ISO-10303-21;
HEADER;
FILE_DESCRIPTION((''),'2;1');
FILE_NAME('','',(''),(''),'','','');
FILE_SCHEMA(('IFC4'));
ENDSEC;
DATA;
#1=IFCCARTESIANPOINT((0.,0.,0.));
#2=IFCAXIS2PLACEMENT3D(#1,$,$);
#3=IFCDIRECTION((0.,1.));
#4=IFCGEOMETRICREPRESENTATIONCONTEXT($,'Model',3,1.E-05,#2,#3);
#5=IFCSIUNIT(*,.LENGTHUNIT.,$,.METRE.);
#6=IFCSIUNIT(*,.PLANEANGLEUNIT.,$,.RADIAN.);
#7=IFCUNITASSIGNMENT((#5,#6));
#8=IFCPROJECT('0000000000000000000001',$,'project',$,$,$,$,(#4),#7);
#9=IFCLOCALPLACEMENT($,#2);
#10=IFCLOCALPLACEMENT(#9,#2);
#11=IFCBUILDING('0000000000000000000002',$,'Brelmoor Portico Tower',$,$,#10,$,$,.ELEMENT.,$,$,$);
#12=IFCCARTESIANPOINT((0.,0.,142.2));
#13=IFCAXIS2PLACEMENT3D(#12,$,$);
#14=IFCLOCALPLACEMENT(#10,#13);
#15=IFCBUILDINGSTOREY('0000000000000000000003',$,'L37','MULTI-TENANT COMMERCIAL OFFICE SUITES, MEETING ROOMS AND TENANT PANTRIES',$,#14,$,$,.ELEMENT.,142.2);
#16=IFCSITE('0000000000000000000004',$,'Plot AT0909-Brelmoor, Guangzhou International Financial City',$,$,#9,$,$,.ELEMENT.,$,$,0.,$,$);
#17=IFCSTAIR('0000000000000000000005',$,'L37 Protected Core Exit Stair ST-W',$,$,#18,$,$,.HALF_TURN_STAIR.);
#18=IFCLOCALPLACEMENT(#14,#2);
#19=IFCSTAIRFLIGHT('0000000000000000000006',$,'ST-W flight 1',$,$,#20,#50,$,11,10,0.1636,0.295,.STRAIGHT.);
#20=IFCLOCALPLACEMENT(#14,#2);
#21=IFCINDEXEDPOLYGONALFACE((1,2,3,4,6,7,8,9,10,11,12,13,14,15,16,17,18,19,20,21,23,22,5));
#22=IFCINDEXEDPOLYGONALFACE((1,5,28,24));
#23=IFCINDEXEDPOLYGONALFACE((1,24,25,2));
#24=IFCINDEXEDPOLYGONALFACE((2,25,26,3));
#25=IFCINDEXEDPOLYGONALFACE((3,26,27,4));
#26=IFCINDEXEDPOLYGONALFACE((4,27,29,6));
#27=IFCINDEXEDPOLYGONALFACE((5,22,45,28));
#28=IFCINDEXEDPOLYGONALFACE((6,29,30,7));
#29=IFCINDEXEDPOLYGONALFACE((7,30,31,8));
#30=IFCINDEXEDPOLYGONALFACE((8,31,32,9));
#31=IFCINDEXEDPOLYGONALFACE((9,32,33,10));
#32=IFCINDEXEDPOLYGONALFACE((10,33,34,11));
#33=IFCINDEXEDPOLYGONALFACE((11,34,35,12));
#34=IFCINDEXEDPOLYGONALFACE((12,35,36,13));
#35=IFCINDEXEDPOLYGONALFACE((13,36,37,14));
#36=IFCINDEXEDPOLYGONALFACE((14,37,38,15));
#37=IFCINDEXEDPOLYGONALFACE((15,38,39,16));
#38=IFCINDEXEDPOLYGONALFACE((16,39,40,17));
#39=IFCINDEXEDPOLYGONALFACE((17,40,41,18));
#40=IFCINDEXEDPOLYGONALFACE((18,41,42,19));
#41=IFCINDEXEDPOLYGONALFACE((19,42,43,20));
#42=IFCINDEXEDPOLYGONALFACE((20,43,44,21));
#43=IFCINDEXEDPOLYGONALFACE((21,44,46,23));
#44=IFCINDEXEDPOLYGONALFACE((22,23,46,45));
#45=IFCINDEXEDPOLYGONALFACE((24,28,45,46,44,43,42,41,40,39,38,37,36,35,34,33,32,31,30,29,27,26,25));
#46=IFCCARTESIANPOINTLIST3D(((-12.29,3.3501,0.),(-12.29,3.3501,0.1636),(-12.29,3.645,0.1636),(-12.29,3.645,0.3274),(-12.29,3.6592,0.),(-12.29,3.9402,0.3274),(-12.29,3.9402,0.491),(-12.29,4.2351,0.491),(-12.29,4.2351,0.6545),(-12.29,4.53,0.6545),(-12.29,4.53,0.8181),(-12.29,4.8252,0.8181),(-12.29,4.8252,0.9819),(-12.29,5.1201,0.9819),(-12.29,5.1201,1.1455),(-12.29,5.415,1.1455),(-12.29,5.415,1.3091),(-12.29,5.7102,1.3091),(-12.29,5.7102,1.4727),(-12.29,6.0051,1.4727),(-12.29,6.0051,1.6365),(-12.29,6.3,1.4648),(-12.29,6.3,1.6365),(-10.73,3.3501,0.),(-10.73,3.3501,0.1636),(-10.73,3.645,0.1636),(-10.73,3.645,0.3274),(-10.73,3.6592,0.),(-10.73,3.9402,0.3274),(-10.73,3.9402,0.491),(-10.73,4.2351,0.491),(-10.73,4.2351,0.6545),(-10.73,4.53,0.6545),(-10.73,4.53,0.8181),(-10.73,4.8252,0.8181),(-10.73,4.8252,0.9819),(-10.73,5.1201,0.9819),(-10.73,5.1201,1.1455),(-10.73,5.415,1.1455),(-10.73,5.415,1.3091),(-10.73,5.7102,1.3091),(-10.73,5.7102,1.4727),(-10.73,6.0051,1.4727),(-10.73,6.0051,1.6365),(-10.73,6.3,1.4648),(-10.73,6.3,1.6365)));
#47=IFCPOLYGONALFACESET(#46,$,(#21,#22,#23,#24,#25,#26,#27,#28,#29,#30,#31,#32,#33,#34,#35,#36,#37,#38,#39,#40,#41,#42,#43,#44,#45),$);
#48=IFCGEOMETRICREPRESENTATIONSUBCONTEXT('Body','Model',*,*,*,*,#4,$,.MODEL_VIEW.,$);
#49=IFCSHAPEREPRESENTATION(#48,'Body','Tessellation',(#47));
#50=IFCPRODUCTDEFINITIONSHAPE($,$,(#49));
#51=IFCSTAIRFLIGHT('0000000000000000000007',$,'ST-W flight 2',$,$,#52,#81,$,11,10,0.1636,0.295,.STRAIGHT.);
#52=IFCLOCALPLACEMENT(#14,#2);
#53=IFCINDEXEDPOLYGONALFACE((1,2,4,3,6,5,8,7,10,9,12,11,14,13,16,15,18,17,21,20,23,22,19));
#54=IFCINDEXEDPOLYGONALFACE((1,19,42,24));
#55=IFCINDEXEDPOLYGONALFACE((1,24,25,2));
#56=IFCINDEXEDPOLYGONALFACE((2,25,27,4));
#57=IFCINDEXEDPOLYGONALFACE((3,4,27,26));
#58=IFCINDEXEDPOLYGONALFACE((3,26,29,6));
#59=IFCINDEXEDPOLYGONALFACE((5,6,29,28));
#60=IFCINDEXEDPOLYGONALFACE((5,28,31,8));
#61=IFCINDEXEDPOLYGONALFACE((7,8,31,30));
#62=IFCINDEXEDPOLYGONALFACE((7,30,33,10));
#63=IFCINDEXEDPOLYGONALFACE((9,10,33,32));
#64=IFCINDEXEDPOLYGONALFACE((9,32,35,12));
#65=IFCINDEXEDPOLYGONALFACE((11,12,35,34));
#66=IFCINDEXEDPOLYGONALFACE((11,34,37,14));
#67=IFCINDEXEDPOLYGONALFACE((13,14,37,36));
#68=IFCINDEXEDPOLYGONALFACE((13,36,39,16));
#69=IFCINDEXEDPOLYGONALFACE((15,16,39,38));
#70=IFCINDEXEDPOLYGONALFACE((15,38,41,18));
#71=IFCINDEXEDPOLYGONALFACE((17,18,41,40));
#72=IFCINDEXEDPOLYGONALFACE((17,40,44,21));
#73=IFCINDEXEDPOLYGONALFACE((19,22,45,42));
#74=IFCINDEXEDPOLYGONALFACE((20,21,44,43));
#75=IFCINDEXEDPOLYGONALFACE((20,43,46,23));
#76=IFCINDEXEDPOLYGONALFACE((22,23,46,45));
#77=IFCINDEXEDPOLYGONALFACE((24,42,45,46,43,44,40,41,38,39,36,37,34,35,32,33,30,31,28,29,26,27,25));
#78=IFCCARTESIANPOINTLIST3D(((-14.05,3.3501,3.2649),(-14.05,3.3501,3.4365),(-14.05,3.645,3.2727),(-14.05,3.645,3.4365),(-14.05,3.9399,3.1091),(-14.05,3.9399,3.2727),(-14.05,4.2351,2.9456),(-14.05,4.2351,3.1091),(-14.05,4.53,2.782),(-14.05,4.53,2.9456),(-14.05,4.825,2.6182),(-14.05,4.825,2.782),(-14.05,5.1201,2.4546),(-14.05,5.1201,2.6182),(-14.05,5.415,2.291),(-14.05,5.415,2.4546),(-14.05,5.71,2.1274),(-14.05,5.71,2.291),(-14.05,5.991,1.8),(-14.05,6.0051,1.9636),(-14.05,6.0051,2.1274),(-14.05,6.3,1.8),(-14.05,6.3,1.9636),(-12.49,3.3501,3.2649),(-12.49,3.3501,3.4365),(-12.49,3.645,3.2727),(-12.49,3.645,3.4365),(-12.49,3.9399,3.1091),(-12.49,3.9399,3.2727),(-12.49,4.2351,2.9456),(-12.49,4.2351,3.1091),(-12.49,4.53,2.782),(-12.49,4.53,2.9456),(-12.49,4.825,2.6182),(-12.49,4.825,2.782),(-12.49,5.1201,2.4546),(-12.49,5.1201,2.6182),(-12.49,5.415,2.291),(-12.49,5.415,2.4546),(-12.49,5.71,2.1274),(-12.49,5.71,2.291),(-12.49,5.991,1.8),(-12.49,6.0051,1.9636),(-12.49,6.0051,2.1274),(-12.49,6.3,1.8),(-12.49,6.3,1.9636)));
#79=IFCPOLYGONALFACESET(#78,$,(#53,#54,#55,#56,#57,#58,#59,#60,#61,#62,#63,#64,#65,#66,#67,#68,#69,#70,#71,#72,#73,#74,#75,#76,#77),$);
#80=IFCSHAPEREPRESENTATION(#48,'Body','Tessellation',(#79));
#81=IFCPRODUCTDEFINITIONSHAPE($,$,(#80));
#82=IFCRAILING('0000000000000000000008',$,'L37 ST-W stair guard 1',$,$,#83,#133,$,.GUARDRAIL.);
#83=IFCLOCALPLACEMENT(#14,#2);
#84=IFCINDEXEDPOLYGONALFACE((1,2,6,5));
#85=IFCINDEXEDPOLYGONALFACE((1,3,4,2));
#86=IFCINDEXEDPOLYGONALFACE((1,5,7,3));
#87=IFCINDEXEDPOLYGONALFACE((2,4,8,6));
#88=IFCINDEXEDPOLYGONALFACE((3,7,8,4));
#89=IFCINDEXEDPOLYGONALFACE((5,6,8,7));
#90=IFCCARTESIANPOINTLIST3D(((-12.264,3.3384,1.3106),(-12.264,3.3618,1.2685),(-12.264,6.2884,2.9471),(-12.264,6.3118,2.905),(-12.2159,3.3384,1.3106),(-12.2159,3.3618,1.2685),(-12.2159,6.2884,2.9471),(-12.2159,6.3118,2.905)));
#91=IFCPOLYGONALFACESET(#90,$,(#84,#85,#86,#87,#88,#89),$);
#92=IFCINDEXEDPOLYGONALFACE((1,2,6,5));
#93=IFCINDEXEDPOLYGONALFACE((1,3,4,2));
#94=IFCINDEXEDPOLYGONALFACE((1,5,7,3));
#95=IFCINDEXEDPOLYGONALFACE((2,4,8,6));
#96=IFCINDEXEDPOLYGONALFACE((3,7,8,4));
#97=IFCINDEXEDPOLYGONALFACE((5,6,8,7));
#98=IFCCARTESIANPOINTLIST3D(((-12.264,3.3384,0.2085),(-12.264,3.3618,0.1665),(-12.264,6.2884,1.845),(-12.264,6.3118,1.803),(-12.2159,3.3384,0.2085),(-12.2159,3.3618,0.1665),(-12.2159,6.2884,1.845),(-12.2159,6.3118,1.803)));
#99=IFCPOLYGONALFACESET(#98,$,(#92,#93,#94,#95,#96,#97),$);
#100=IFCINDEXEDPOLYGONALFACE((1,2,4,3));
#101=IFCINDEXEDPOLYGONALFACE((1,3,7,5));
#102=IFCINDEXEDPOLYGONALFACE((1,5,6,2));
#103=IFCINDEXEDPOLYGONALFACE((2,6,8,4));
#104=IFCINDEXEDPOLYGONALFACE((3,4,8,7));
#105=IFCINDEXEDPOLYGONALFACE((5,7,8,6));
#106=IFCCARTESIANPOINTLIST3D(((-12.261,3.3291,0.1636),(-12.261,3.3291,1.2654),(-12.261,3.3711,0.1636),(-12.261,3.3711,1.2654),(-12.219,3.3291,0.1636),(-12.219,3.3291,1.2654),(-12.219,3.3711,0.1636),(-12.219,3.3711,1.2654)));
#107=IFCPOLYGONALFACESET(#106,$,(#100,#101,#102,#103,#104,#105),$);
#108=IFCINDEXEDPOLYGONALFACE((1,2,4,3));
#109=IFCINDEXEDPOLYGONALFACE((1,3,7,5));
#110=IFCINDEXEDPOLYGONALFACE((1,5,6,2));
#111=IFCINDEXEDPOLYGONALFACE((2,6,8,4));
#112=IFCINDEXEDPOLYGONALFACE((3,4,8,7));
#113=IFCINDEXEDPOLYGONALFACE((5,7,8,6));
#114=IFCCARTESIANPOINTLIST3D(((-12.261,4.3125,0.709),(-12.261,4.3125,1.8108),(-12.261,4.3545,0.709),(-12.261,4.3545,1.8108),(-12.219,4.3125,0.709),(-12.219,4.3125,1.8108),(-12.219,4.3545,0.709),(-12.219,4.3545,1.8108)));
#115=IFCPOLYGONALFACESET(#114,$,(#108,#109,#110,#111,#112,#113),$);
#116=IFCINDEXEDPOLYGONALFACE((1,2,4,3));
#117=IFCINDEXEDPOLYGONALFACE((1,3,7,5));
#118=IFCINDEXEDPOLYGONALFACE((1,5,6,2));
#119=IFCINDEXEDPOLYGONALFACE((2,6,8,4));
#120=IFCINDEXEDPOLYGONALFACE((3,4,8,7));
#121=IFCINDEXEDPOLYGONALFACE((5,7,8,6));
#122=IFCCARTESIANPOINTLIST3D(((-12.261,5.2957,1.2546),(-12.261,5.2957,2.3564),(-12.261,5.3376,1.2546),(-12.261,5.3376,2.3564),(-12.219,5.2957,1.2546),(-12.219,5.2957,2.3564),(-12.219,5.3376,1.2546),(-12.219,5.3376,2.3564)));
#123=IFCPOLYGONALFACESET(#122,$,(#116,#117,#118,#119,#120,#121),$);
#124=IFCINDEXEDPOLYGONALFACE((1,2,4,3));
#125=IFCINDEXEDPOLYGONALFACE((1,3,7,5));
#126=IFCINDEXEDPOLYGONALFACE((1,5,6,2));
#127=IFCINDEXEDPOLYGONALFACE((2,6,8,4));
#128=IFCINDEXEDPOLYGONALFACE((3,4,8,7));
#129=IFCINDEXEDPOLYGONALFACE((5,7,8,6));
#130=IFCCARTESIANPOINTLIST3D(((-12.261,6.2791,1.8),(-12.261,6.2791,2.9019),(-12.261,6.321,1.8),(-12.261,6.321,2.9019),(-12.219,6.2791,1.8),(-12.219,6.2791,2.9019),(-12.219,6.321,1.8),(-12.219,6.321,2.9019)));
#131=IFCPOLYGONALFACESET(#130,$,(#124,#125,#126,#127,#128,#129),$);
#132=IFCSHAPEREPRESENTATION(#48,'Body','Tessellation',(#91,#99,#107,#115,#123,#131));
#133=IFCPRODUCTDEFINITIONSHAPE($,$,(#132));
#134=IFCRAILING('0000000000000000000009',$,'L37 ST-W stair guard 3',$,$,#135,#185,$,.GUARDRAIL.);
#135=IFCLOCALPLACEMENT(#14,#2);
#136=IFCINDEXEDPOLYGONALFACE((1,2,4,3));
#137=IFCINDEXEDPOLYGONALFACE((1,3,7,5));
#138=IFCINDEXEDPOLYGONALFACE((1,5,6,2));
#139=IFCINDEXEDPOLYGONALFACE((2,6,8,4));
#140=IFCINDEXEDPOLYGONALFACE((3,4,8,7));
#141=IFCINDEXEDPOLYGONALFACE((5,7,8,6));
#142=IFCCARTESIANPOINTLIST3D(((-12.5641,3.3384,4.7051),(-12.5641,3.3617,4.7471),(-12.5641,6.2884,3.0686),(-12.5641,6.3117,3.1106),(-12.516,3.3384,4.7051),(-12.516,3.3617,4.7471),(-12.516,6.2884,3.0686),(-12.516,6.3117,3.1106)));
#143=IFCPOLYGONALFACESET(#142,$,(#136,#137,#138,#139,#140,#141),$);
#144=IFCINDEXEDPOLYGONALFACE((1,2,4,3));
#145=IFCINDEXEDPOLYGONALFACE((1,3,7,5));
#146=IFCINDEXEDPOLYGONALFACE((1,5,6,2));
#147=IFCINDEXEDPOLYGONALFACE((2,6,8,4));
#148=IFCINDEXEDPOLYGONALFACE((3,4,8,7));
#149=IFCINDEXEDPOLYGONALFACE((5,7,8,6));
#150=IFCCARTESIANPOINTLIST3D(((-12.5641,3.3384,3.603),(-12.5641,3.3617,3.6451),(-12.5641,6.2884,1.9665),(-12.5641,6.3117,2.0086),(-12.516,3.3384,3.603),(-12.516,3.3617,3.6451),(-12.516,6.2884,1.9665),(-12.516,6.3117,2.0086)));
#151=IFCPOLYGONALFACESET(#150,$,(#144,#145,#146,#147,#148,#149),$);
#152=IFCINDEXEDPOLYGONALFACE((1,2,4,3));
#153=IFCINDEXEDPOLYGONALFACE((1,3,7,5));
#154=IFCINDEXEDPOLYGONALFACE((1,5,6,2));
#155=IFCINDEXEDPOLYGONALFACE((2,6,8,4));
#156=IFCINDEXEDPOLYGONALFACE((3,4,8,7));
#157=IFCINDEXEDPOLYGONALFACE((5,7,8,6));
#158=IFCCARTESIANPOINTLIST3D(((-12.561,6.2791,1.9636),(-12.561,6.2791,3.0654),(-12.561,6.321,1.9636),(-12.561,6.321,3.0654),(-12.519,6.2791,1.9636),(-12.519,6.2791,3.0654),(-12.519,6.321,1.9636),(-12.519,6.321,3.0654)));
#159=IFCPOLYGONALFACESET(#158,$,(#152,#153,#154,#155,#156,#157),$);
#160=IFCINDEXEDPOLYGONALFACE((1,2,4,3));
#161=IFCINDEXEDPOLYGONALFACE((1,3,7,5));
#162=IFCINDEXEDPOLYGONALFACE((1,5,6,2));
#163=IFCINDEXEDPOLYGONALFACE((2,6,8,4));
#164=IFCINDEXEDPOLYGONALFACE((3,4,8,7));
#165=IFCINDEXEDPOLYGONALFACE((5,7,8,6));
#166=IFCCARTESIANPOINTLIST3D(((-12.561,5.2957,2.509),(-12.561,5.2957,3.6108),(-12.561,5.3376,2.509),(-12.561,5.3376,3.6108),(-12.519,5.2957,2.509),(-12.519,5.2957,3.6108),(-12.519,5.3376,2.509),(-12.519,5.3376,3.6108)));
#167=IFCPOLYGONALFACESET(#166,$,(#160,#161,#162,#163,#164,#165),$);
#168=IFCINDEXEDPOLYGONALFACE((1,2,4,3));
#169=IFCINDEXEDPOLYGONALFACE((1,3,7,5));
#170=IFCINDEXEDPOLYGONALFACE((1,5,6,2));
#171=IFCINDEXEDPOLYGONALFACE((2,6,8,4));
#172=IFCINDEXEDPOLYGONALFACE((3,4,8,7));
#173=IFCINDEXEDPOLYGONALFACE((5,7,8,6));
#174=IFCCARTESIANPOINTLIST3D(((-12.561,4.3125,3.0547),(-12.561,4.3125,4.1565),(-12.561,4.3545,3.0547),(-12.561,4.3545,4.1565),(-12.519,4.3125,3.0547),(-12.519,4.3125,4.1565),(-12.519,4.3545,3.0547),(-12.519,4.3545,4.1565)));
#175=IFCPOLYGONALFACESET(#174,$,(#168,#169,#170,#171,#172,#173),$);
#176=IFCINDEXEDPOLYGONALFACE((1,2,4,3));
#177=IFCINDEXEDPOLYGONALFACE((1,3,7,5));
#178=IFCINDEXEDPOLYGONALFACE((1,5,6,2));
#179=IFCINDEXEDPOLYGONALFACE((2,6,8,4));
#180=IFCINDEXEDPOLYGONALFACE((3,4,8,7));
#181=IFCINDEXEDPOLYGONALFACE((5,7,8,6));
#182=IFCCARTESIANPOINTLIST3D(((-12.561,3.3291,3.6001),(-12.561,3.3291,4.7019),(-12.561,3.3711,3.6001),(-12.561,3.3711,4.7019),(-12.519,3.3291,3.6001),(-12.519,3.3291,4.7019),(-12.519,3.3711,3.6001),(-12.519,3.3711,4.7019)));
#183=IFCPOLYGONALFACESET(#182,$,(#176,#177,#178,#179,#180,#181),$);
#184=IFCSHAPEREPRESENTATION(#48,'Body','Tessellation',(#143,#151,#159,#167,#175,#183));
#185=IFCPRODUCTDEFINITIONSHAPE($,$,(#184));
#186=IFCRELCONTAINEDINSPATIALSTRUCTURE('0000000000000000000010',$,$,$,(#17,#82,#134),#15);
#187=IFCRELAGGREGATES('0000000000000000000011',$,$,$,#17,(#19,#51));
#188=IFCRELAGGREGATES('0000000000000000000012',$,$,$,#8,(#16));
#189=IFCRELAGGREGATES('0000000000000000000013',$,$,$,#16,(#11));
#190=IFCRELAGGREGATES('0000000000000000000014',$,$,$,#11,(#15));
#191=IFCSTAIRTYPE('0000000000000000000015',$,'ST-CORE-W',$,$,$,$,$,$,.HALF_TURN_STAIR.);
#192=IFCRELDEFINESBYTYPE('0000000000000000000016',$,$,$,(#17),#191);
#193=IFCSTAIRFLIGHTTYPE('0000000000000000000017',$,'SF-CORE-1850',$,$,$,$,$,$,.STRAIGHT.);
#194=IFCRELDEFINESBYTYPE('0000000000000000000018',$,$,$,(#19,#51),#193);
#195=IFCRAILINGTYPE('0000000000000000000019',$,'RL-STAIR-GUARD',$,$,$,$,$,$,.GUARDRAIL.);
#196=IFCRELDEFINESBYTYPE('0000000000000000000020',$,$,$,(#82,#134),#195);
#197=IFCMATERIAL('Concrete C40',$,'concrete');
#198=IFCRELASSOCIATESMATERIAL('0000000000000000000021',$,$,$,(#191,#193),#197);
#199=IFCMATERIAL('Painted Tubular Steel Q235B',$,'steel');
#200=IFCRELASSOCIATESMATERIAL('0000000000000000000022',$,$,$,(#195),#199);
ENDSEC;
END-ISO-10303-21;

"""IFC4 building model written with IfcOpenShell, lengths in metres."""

from ifc_helpers import new_model, si_unit, direction, frame, origin, origin_2d, place, context, subcontext, project, spatial, polyline, rectangle, outline, extrude, material, type_object, element, aggregate, save


model = new_model("IFC4")

# Units and contexts
model_context = context("Model", 3, precision=1e-05, world=origin(), true_north=direction((0.0, 1.0)))
body_context = subcontext(model_context, "Body", "Model", "MODEL_VIEW")
ifc_project = project(units=[si_unit("LENGTHUNIT", "METRE"), si_unit("PLANEANGLEUNIT", "RADIAN")], contexts=[model_context])

# Site, building, storey
site_placement = place(None, origin())
site = spatial("IfcSite", under=ifc_project, at=site_placement, Name="Plot AT0909-Brelmoor, Guangzhou International Financial City", CompositionType="ELEMENT", RefElevation=0.0)
building_placement = place(site_placement, origin())
building = spatial("IfcBuilding", under=site, at=building_placement, Name="Brelmoor Portico Tower", CompositionType="ELEMENT")
storey_placement = place(building_placement, frame((0.0, 0.0, 142.2)))
storey = spatial("IfcBuildingStorey", under=building, at=storey_placement, Name="L37", Description="MULTI-TENANT COMMERCIAL OFFICE SUITES, MEETING ROOMS AND TENANT PANTRIES", CompositionType="ELEMENT", Elevation=142.2)

# Shared definitions
ifc_material_1 = material(Name="Concrete C40", Category="concrete")

# Stair, stair flights
stair_type = type_object("IfcStairType", Name="ST-CORE-W", PredefinedType="HALF_TURN_STAIR", material=ifc_material_1)
stair_placement = place(storey_placement, origin())
stair = element("IfcStair", 1, at=stair_placement, inside=storey, type_object=stair_type, Name="L37 Protected Core Exit Stair ST-W", PredefinedType="HALF_TURN_STAIR")
stair_flight_type = type_object("IfcStairFlightType", Name="SF-CORE-1850", PredefinedType="STRAIGHT", material=ifc_material_1)
stair_flight_1_placement = place(storey_placement, frame((-11.51, 3.3501, 0.0), z_axis=(0.0, 0.0, 1.0), x_axis=(0.0, 1.0, 0.0)))
stair_flight_1 = element("IfcStairFlight", 2, at=stair_flight_1_placement, type_object=stair_flight_type, Name="ST-W flight 1", NumberOfRisers=11, NumberOfTreads=10, PredefinedType="STRAIGHT", RiserHeight=0.1636, TreadLength=0.295, context=body_context, shape_type="SweptSolid", body=[
    extrude(outline(polyline([(0.0, 0.0), (0.0, 0.1636), (0.2949, 0.1636), (0.2949, 0.3274), (0.5901, 0.3274), (0.5901, 0.491), (0.885, 0.491), (0.885, 0.6545), (1.1799, 0.6545), (1.1799, 0.8181), (1.4751, 0.8181), (1.4751, 0.9819), (1.77, 0.9819), (1.77, 1.1455), (2.0649, 1.1455), (2.0649, 1.3091), (2.3601, 1.3091), (2.3601, 1.4727), (2.655, 1.4727), (2.655, 1.6365), (2.95, 1.6365), (2.95, 1.8), (2.95, 1.4648), (0.3091, 0.0), (0.0, 0.0)])), frame((0.0, 0.78, 0.0), z_axis=(0.0, -1.0, 0.0), x_axis=(1.0, 0.0, 0.0)), (0.0, 0.0, 1.0), 1.5601),
])
stair_flight_2_placement = place(storey_placement, frame((-13.27, 6.3, 1.8), z_axis=(0.0, 0.0, 1.0), x_axis=(0.0, -1.0, 0.0)))
stair_flight_2 = element("IfcStairFlight", 3, at=stair_flight_2_placement, type_object=stair_flight_type, Name="ST-W flight 2", NumberOfRisers=11, NumberOfTreads=10, PredefinedType="STRAIGHT", RiserHeight=0.1636, TreadLength=0.295, context=body_context, shape_type="SweptSolid", body=[
    extrude(outline(polyline([(0.0, 0.0), (0.0, 0.1636), (0.2949, 0.1636), (0.2949, 0.3274), (0.5901, 0.3274), (0.5901, 0.491), (0.885, 0.491), (0.885, 0.6545), (1.1799, 0.6545), (1.1799, 0.8181), (1.4751, 0.8181), (1.4751, 0.9819), (1.77, 0.9819), (1.77, 1.1455), (2.0649, 1.1455), (2.0649, 1.3091), (2.3601, 1.3091), (2.3601, 1.4727), (2.655, 1.4727), (2.655, 1.6365), (2.95, 1.6365), (2.95, 1.8), (2.95, 1.4648), (0.3091, 0.0), (0.0, 0.0)])), frame((0.0, 0.78, 0.0), z_axis=(0.0, -1.0, 0.0), x_axis=(1.0, 0.0, 0.0)), (0.0, 0.0, 1.0), 1.5601),
])
aggregate(stair, [stair_flight_1, stair_flight_2])

# Railings
ifc_material_2 = material(Name="Painted Tubular Steel Q235B", Category="steel")
railing_type_1 = type_object("IfcRailingType", Name="RL-STAIR-GUARD", PredefinedType="GUARDRAIL", material=ifc_material_2)
railing_1_placement = place(storey_placement, frame((-12.24, 3.3501, 0.1636)))
element("IfcRailing", 4, at=railing_1_placement, inside=storey, type_object=railing_type_1, Name="L37 ST-W stair guard 1", PredefinedType="GUARDRAIL", context=body_context, shape_type="SweptSolid", body=[
    extrude(rectangle(XDim=0.0481, YDim=0.0481, at=origin_2d()), frame((0.0, 0.0, 1.126), z_axis=(0.0, 0.874458, 0.485102), x_axis=(-1.0, 0.0, 0.0)), (0.0, 0.0, 1.0), 3.3735),
    extrude(rectangle(XDim=0.0481, YDim=0.0481, at=origin_2d()), frame((0.0, 0.0, 0.0239), z_axis=(0.0, 0.874458, 0.485102), x_axis=(-1.0, 0.0, 0.0)), (0.0, 0.0, 1.0), 3.3735),
    extrude(rectangle(XDim=0.042, YDim=0.042, at=origin_2d()), origin(), (0.0, 0.0, 1.0), 1.1018),
    extrude(rectangle(XDim=0.042, YDim=0.042, at=origin_2d()), frame((0.0, 0.9834, 0.5454)), (0.0, 0.0, 1.0), 1.1018),
    extrude(rectangle(XDim=0.042, YDim=0.042, at=origin_2d()), frame((0.0, 1.9666, 1.0911)), (0.0, 0.0, 1.0), 1.1018),
    extrude(rectangle(XDim=0.042, YDim=0.042, at=origin_2d()), frame((0.0, 2.95, 1.6365)), (0.0, 0.0, 1.0), 1.1018),
])
railing_2_placement = place(storey_placement, frame((-12.54, 6.3, 1.9636)))
element("IfcRailing", 5, at=railing_2_placement, inside=storey, type_object=railing_type_1, Name="L37 ST-W stair guard 3", PredefinedType="GUARDRAIL", context=body_context, shape_type="SweptSolid", body=[
    extrude(rectangle(XDim=0.0481, YDim=0.0481, at=origin_2d()), frame((0.0, 0.0, 1.126), z_axis=(0.0, -0.874458, 0.485102), x_axis=(1.0, 0.0, 0.0)), (0.0, 0.0, 1.0), 3.3735),
    extrude(rectangle(XDim=0.0481, YDim=0.0481, at=origin_2d()), frame((0.0, 0.0, 0.0239), z_axis=(0.0, -0.874458, 0.485102), x_axis=(1.0, 0.0, 0.0)), (0.0, 0.0, 1.0), 3.3735),
    extrude(rectangle(XDim=0.042, YDim=0.042, at=origin_2d()), origin(), (0.0, 0.0, 1.0), 1.1018),
    extrude(rectangle(XDim=0.042, YDim=0.042, at=origin_2d()), frame((0.0, -0.9834, 0.5454)), (0.0, 0.0, 1.0), 1.1018),
    extrude(rectangle(XDim=0.042, YDim=0.042, at=origin_2d()), frame((0.0, -1.9666, 1.0911)), (0.0, 0.0, 1.0), 1.1018),
    extrude(rectangle(XDim=0.042, YDim=0.042, at=origin_2d()), frame((0.0, -2.95, 1.6365)), (0.0, 0.0, 1.0), 1.1018),
])

save(model, "model.ifc")
